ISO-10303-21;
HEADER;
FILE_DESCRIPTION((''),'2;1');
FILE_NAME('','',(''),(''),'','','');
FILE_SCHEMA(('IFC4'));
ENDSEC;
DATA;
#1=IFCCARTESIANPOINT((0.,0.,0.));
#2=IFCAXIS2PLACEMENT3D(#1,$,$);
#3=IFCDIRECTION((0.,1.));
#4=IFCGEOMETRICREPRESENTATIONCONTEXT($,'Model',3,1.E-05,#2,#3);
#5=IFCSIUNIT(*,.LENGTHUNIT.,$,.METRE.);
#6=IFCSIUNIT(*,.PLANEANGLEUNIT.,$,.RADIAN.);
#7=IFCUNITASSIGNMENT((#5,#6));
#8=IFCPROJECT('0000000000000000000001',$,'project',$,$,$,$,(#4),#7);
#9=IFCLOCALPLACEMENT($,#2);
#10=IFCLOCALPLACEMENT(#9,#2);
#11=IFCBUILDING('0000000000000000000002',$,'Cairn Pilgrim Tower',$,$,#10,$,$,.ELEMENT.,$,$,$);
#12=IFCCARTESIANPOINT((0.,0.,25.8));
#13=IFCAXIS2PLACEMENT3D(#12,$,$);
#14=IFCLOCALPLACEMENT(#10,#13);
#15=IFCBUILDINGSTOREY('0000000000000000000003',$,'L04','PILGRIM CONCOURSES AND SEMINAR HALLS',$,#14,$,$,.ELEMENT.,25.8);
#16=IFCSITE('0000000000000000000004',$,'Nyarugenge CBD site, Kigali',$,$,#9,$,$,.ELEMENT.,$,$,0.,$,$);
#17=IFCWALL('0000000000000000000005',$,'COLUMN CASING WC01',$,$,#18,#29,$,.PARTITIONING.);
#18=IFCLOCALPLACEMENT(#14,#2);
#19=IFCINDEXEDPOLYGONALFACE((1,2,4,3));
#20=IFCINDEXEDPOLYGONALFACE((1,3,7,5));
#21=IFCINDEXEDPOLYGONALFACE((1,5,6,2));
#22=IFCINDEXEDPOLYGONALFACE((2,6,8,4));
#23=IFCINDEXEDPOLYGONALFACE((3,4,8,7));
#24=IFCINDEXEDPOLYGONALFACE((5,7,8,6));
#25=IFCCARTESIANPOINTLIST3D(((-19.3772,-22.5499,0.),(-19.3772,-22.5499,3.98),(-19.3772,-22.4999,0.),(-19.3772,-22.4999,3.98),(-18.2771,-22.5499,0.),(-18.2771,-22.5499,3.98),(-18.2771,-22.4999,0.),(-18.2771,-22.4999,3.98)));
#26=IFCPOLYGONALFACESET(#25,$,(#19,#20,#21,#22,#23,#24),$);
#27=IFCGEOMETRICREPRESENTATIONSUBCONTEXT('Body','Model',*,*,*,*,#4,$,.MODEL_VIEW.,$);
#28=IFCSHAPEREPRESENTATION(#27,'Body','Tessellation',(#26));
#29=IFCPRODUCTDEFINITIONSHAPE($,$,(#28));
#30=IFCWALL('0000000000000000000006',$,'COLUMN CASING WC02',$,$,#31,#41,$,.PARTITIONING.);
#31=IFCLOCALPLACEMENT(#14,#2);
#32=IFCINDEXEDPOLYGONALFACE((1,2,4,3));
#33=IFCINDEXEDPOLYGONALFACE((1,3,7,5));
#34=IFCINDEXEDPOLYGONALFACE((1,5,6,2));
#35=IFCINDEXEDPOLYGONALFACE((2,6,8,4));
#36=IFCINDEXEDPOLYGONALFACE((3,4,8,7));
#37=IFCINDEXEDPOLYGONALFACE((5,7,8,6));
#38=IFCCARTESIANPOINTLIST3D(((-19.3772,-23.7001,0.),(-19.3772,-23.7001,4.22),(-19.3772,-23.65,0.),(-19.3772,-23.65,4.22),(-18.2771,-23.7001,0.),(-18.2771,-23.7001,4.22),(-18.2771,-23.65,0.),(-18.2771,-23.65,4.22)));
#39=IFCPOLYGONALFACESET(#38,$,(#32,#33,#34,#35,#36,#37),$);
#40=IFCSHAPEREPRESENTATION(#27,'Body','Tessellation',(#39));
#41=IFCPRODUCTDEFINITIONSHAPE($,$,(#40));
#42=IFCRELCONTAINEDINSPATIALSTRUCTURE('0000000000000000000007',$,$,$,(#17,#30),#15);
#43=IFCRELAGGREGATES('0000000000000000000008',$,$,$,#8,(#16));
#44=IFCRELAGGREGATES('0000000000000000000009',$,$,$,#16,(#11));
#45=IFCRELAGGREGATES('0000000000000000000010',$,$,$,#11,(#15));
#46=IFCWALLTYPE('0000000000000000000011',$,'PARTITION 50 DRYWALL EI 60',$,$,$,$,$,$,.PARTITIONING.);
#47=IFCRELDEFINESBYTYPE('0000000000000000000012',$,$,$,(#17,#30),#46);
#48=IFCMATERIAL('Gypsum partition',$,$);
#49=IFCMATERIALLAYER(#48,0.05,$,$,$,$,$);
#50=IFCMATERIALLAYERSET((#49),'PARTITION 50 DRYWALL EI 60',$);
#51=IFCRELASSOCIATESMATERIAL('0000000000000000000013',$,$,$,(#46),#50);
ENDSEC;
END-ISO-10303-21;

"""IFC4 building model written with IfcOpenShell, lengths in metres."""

from ifc_helpers import new_model, si_unit, direction, frame, frame_2d, origin, place, context, subcontext, project, spatial, rectangle, extrude, material, layer, layer_set, type_object, element, save


model = new_model("IFC4")

# Units and contexts
model_context = context("Model", 3, precision=1e-05, world=origin(), true_north=direction((0.0, 1.0)))
body_context = subcontext(model_context, "Body", "Model", "MODEL_VIEW")
ifc_project = project(units=[si_unit("LENGTHUNIT", "METRE"), si_unit("PLANEANGLEUNIT", "RADIAN")], contexts=[model_context])

# Site, building, storey
site_placement = place(None, origin())
site = spatial("IfcSite", under=ifc_project, at=site_placement, Name="Nyarugenge CBD site, Kigali", CompositionType="ELEMENT", RefElevation=0.0)
building_placement = place(site_placement, origin())
building = spatial("IfcBuilding", under=site, at=building_placement, Name="Cairn Pilgrim Tower", CompositionType="ELEMENT")
storey_placement = place(building_placement, frame((0.0, 0.0, 25.8)))
storey = spatial("IfcBuildingStorey", under=building, at=storey_placement, Name="L04", Description="PILGRIM CONCOURSES AND SEMINAR HALLS", CompositionType="ELEMENT", Elevation=25.8)

# Shared definitions
ifc_material_1 = material(Name="Gypsum partition")

# Walls
ifc_layer_1 = layer(ifc_material_1, 0.05)
ifc_layer_set_1 = layer_set([ifc_layer_1], Name="PARTITION 50 DRYWALL EI 60")
wall_type_1 = type_object("IfcWallType", Name="PARTITION 50 DRYWALL EI 60", PredefinedType="PARTITIONING", material=ifc_layer_set_1)
wall_1_placement = place(storey_placement, frame((-19.3772, -22.5249, 0.0), z_axis=(0.0, 0.0, 1.0), x_axis=(1.0, 0.0, 0.0)))
element("IfcWall", 1, at=wall_1_placement, inside=storey, type_object=wall_type_1, Name="COLUMN CASING WC01", PredefinedType="PARTITIONING", context=body_context, shape_type="SweptSolid", body=[
    extrude(rectangle(XDim=1.1001, YDim=0.05, at=frame_2d((0.55, 0.0))), origin(), (0.0, 0.0, 1.0), 3.98),
])
wall_2_placement = place(storey_placement, frame((-19.3772, -23.675, 0.0), z_axis=(0.0, 0.0, 1.0), x_axis=(1.0, 0.0, 0.0)))
element("IfcWall", 2, at=wall_2_placement, inside=storey, type_object=wall_type_1, Name="COLUMN CASING WC02", PredefinedType="PARTITIONING", context=body_context, shape_type="SweptSolid", body=[
    extrude(rectangle(XDim=1.1001, YDim=0.05, at=frame_2d((0.55, 0.0))), origin(), (0.0, 0.0, 1.0), 4.22),
])

save(model, "model.ifc")
